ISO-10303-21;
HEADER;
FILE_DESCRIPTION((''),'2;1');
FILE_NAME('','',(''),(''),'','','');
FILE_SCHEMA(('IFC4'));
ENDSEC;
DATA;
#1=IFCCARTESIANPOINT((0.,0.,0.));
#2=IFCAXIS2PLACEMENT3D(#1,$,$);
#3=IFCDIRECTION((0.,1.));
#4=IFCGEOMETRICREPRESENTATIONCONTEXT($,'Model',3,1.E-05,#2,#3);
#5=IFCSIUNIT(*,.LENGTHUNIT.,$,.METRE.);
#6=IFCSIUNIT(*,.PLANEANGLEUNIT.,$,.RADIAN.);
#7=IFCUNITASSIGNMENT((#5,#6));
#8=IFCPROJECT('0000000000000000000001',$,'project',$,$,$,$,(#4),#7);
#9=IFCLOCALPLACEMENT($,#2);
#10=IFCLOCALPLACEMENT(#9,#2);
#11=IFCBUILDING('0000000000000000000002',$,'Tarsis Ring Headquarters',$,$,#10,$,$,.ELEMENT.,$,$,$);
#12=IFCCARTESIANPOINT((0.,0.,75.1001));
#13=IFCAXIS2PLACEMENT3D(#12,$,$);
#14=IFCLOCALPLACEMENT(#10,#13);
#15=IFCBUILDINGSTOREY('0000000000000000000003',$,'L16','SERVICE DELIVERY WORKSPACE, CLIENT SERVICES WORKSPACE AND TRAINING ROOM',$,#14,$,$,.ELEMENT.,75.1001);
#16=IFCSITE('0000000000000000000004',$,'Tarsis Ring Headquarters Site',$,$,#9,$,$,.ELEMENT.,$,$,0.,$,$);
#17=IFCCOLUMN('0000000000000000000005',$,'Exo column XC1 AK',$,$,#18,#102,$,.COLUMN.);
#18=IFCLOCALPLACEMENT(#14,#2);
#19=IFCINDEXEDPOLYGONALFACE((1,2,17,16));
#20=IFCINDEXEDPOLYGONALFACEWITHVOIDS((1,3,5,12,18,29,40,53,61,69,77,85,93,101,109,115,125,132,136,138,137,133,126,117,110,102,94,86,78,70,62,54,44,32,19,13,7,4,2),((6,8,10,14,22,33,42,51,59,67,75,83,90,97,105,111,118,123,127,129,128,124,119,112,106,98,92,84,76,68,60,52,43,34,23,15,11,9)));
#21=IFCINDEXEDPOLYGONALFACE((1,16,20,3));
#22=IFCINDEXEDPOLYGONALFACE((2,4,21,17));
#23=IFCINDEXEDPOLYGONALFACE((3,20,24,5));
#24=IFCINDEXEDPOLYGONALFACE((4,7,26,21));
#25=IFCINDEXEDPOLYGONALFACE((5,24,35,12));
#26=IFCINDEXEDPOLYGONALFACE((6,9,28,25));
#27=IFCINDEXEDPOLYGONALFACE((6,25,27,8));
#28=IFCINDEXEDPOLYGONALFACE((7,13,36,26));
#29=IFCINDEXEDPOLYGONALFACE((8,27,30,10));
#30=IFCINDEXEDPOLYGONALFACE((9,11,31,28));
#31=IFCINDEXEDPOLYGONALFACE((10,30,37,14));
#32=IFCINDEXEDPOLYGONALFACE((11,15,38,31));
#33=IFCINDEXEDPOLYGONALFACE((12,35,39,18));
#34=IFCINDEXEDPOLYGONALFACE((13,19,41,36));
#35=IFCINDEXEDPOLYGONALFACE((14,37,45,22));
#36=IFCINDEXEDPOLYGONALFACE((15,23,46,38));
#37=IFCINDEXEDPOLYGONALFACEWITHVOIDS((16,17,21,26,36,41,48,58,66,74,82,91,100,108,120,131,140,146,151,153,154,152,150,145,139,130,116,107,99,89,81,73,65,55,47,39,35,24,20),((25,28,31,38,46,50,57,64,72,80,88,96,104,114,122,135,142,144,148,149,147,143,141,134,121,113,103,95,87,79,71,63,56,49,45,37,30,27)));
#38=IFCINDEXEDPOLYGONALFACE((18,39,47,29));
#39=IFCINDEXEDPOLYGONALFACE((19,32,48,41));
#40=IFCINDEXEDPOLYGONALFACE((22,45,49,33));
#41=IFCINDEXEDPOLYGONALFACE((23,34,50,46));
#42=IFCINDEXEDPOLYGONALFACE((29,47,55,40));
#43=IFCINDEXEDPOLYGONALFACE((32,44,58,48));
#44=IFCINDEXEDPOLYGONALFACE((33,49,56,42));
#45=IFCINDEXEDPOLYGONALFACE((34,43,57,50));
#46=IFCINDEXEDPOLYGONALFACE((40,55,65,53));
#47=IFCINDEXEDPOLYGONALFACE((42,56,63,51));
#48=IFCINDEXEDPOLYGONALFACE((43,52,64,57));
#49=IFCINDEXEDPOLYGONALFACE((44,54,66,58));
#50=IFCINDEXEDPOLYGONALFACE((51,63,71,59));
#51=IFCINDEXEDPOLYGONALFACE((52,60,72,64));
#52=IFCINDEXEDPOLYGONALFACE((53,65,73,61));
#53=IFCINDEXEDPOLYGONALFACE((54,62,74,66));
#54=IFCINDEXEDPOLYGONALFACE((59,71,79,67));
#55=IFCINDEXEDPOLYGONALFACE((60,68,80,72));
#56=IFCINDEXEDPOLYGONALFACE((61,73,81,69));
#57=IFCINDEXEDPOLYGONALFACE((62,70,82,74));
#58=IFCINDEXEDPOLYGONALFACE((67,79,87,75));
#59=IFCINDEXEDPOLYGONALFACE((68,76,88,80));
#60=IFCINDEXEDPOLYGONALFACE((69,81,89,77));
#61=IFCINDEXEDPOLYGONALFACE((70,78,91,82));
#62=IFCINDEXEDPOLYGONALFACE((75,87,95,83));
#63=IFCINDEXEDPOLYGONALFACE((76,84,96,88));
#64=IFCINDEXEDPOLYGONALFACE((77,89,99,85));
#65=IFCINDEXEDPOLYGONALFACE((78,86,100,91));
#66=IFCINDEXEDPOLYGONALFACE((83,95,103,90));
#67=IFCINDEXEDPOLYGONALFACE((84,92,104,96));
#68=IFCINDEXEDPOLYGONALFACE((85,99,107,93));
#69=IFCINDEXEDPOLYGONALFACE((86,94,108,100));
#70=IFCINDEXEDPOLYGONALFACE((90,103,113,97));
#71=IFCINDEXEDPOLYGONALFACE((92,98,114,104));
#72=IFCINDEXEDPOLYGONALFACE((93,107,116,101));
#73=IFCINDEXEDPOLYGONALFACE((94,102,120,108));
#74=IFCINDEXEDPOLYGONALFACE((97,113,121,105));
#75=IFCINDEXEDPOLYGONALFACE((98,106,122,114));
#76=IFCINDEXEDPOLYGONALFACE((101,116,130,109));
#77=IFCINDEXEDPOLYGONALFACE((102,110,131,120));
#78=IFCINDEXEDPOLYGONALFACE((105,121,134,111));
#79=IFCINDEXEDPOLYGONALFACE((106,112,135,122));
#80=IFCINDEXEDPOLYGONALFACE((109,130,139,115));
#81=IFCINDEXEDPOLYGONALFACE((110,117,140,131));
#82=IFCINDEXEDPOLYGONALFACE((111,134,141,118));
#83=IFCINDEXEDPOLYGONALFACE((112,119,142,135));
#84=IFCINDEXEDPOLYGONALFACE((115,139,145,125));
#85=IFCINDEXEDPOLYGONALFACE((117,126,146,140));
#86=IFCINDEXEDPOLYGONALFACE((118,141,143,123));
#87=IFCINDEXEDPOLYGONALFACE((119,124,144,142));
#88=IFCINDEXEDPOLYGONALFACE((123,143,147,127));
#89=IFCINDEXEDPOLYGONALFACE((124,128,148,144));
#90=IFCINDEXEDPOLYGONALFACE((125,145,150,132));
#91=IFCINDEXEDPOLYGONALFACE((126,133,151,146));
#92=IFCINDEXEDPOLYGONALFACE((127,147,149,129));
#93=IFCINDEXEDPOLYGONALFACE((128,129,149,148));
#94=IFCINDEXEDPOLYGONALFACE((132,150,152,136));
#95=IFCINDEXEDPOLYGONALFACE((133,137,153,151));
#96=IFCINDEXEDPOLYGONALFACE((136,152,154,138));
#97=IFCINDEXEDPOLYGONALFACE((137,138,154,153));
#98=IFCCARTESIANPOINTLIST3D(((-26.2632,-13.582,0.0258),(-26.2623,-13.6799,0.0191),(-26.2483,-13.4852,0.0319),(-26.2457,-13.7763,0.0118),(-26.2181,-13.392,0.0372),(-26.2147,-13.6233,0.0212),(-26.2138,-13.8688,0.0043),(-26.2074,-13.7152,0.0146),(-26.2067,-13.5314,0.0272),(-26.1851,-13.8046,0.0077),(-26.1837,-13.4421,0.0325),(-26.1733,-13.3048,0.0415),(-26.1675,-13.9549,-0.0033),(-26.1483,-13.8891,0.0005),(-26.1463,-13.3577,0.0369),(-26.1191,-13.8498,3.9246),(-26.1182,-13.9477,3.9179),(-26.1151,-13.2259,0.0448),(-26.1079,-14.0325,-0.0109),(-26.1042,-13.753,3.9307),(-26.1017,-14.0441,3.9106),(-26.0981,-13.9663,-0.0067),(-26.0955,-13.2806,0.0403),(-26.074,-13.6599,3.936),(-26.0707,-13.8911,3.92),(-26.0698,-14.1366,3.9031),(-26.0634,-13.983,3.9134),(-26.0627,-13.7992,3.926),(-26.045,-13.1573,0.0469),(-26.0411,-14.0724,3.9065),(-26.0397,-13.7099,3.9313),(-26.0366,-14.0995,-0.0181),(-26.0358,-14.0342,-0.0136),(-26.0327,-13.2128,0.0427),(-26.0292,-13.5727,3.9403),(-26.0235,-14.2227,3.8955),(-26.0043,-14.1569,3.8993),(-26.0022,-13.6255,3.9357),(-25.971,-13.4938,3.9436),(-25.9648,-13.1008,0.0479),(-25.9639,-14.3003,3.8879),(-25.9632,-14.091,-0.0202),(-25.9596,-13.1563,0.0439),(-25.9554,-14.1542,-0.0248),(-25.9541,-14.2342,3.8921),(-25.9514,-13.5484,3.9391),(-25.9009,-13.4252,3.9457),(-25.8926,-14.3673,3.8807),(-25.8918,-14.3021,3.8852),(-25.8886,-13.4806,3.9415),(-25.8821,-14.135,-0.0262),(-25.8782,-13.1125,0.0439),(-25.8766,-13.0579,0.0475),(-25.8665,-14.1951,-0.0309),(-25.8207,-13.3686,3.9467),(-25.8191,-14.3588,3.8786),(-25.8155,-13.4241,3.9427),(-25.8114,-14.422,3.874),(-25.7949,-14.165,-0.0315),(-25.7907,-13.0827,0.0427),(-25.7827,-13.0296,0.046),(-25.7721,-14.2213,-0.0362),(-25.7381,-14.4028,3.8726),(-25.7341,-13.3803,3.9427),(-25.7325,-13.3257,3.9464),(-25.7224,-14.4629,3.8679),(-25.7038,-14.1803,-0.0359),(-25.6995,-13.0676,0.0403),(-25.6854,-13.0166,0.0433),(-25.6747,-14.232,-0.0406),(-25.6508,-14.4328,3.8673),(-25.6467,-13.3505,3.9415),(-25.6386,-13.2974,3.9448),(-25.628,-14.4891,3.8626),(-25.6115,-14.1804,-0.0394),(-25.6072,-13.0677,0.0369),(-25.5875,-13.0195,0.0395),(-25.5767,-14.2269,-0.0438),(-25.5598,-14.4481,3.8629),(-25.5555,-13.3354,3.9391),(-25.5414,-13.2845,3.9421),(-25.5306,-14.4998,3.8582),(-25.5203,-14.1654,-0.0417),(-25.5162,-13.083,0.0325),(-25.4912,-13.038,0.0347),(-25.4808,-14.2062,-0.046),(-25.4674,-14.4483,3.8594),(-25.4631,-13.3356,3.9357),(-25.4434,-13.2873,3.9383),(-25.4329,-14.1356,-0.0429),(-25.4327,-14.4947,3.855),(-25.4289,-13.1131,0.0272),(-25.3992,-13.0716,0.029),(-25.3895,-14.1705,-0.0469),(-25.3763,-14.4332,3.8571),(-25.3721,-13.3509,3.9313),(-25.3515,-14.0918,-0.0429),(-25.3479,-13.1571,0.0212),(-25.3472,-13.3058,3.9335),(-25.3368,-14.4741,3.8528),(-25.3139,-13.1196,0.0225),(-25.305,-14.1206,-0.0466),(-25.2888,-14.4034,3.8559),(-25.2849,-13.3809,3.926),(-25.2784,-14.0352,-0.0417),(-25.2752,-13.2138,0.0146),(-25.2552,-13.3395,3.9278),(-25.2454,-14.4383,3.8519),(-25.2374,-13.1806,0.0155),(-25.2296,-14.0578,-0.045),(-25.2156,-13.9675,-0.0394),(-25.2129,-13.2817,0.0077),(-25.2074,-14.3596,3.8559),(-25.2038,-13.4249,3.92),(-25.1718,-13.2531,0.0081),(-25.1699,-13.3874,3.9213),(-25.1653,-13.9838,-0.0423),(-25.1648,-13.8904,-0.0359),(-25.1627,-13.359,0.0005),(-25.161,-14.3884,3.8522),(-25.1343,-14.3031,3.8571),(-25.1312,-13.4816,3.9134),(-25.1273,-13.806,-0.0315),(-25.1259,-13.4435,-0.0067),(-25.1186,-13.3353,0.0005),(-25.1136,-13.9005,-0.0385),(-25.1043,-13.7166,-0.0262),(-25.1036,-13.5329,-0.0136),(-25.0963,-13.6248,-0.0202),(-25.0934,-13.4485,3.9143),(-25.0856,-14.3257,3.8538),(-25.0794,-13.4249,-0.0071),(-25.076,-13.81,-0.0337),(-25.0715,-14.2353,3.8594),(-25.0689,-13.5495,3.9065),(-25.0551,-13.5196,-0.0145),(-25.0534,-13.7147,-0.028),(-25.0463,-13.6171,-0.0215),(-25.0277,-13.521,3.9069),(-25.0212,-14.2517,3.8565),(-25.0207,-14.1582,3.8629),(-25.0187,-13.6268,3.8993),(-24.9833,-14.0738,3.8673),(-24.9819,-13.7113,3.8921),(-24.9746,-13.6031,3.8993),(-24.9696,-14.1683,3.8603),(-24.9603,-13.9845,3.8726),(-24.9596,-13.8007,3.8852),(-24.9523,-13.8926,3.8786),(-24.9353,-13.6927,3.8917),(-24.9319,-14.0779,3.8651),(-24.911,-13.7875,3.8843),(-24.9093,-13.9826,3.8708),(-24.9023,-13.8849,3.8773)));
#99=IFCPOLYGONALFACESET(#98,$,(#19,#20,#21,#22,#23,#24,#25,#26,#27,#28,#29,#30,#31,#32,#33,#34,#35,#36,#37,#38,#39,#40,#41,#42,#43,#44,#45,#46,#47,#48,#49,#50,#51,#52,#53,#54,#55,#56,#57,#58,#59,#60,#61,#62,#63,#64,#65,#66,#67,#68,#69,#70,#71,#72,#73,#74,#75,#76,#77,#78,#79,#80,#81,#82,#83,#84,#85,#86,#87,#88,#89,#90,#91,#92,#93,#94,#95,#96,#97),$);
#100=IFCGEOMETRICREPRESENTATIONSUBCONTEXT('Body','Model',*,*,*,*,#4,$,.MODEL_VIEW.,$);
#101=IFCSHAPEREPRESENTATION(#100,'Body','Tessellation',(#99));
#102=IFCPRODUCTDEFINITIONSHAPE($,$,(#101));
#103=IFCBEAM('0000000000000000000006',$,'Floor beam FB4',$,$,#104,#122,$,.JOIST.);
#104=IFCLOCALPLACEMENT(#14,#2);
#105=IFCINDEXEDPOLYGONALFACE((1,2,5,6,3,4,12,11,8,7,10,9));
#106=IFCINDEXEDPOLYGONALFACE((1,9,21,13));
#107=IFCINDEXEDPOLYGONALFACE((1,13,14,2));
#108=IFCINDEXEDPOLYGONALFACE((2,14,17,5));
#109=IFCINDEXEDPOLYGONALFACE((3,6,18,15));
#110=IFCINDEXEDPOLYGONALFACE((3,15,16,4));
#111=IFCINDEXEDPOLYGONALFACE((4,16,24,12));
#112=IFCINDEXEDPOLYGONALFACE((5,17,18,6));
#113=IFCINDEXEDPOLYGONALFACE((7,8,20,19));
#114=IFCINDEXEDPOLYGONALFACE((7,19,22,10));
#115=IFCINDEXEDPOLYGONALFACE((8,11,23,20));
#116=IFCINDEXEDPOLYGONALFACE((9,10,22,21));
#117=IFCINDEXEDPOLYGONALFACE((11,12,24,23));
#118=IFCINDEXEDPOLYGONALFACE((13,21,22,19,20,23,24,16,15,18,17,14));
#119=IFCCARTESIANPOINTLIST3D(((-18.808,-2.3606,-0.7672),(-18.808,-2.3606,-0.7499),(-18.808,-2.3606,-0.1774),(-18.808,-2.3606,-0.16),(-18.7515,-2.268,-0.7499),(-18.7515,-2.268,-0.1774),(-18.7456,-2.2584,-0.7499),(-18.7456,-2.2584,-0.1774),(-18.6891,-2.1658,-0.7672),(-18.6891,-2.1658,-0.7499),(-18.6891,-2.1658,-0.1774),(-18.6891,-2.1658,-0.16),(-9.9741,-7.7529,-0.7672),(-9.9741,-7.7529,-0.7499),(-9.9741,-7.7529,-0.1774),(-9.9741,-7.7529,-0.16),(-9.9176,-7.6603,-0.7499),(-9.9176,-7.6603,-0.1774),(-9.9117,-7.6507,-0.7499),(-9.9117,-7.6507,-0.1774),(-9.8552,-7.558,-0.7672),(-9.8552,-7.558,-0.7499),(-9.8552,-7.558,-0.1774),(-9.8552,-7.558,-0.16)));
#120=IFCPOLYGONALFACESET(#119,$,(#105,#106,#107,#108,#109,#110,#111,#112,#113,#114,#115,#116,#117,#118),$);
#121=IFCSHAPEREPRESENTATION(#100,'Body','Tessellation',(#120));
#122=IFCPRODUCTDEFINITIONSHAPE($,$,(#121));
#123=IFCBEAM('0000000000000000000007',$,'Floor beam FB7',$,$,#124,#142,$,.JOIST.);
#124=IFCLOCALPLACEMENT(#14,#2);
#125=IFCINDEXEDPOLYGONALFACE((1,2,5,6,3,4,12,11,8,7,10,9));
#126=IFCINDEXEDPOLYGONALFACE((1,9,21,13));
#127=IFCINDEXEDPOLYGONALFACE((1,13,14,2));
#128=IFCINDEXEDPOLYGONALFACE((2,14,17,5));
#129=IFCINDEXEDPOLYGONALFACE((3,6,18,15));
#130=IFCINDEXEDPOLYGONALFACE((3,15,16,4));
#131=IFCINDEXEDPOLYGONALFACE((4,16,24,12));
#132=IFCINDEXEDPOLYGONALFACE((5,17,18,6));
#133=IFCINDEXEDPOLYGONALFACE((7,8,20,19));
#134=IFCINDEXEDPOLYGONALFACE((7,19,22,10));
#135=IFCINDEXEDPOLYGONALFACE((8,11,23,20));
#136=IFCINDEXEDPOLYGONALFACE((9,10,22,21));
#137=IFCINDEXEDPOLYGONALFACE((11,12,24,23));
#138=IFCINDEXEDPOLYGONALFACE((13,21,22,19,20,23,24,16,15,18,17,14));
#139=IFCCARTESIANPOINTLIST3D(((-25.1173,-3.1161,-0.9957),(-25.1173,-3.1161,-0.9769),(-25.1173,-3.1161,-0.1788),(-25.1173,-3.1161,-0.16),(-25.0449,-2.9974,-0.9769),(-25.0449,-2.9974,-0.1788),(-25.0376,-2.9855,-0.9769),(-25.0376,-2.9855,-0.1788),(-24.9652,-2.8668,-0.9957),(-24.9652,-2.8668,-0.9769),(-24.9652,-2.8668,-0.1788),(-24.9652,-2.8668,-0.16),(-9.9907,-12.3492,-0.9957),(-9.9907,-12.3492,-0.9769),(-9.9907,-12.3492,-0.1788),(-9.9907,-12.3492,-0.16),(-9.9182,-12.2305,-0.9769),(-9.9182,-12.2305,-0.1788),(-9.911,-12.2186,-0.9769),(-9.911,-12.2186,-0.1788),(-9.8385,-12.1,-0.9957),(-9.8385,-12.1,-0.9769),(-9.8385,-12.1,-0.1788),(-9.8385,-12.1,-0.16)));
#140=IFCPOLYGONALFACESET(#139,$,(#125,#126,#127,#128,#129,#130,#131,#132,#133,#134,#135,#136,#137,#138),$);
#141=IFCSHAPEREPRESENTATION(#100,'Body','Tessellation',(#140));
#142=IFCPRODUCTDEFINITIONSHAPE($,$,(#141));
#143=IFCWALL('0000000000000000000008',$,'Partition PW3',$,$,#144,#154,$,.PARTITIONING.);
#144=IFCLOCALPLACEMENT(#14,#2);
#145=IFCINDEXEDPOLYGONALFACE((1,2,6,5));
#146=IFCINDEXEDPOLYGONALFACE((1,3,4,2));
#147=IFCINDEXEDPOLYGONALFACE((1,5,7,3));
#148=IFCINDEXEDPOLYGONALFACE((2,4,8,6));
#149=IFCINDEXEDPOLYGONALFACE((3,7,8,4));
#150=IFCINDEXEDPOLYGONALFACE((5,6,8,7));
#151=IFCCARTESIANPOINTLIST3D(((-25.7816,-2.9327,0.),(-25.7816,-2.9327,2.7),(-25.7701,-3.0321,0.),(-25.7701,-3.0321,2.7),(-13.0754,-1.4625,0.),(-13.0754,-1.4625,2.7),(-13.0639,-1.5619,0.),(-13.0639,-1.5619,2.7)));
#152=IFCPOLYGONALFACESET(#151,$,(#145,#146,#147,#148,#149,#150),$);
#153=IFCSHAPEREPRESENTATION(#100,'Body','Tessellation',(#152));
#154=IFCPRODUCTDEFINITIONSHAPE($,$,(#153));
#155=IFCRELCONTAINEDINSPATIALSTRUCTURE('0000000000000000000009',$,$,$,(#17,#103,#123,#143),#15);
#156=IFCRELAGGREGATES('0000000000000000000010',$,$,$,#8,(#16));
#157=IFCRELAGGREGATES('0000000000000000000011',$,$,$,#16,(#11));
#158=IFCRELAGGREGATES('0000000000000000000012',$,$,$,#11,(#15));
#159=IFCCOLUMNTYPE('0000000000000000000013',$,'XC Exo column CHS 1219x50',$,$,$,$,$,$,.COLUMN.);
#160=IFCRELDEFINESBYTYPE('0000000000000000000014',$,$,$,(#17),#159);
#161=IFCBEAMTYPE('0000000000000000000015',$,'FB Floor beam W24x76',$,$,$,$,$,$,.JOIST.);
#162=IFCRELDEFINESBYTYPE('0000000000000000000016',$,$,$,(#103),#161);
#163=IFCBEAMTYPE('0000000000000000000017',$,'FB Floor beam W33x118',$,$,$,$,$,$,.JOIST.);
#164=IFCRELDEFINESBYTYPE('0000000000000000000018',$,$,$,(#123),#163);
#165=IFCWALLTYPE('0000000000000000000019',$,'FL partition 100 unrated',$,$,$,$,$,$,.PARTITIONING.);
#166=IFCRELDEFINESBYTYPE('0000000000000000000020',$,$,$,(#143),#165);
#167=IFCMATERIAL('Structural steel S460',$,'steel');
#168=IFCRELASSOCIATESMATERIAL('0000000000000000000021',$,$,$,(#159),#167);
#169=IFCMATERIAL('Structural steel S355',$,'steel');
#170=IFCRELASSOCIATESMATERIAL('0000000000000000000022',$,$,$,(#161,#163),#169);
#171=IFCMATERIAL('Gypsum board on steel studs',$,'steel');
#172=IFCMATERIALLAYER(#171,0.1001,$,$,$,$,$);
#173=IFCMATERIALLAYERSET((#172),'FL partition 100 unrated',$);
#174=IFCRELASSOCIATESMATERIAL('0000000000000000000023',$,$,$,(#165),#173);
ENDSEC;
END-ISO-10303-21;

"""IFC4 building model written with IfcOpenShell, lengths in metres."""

from ifc_helpers import new_model, si_unit, direction, frame, frame_2d, origin, origin_2d, place, context, subcontext, project, spatial, rectangle, hollow_circle, i_section, extrude, material, layer, layer_set, material_profile, profile_set, type_object, element, save


model = new_model("IFC4")

# Units and contexts
model_context = context("Model", 3, precision=1e-05, world=origin(), true_north=direction((0.0, 1.0)))
body_context = subcontext(model_context, "Body", "Model", "MODEL_VIEW")
ifc_project = project(units=[si_unit("LENGTHUNIT", "METRE"), si_unit("PLANEANGLEUNIT", "RADIAN")], contexts=[model_context])

# Site, building, storey
site_placement = place(None, origin())
site = spatial("IfcSite", under=ifc_project, at=site_placement, Name="Tarsis Ring Headquarters Site", CompositionType="ELEMENT", RefElevation=0.0)
building_placement = place(site_placement, origin())
building = spatial("IfcBuilding", under=site, at=building_placement, Name="Tarsis Ring Headquarters", CompositionType="ELEMENT")
storey_placement = place(building_placement, frame((0.0, 0.0, 75.1001)))
storey = spatial("IfcBuildingStorey", under=building, at=storey_placement, Name="L16", Description="SERVICE DELIVERY WORKSPACE, CLIENT SERVICES WORKSPACE AND TRAINING ROOM", CompositionType="ELEMENT", Elevation=75.1001)

# Column
ifc_material_1 = material(Name="Structural steel S460", Category="steel")
ifc_material_profile_1 = material_profile(ifc_material_1, hollow_circle(Radius=0.6096, WallThickness=0.05, at=origin_2d()), Name="CHS 1219x50")
ifc_profile_set_1 = profile_set([ifc_material_profile_1], Name="Structural steel S460")
column_type = type_object("IfcColumnType", Name="XC Exo column CHS 1219x50", PredefinedType="COLUMN", material=ifc_profile_set_1)
column_placement = place(storey_placement, frame((-25.6555, -13.624, 0.0005), z_axis=(0.036835, -0.068488, 0.996972), x_axis=(0.880703, 0.473669, 0.0)))
element("IfcColumn", 1, at=column_placement, inside=storey, type_object=column_type, Name="Exo column XC1 AK", PredefinedType="COLUMN", context=body_context, shape_type="SweptSolid", body=[
    extrude(hollow_circle(Radius=0.6096, WallThickness=0.05, at=origin_2d()), origin(), (0.0, 0.0, 1.0), 3.9106),
])

# Beams
ifc_material_2 = material(Name="Structural steel S355", Category="steel")
ifc_material_profile_2 = material_profile(ifc_material_2, i_section(OverallWidth=0.2283, OverallDepth=0.6072, WebThickness=0.0112, FlangeThickness=0.0173, at=origin_2d()), Name="W24x76")
ifc_profile_set_2 = profile_set([ifc_material_profile_2], Name="Structural steel S355")
beam_type_1 = type_object("IfcBeamType", Name="FB Floor beam W24x76", PredefinedType="JOIST", material=ifc_profile_set_2)
beam_1_placement = place(storey_placement, frame((-18.7485, -2.2632, -0.4636), z_axis=(0.853549, -0.521013, 0.0), x_axis=(0.521013, 0.853549, 0.0)))
element("IfcBeam", 2, at=beam_1_placement, inside=storey, type_object=beam_type_1, Name="Floor beam FB4", PredefinedType="JOIST", context=body_context, shape_type="SweptSolid", body=[
    extrude(i_section(OverallWidth=0.2283, OverallDepth=0.6072, WebThickness=0.0112, FlangeThickness=0.0173, at=origin_2d()), origin(), (0.0, 0.0, 1.0), 10.3496),
])
ifc_material_profile_3 = material_profile(ifc_material_2, i_section(OverallWidth=0.292, OverallDepth=0.8357, WebThickness=0.0139, FlangeThickness=0.0188, at=origin_2d()), Name="W33x118")
ifc_profile_set_3 = profile_set([ifc_material_profile_3], Name="Structural steel S355")
beam_type_2 = type_object("IfcBeamType", Name="FB Floor beam W33x118", PredefinedType="JOIST", material=ifc_profile_set_3)
beam_2_placement = place(storey_placement, frame((-25.0413, -2.9915, -0.5779), z_axis=(0.853557, -0.521, 0.0), x_axis=(0.521, 0.853557, 0.0)))
element("IfcBeam", 3, at=beam_2_placement, inside=storey, type_object=beam_type_2, Name="Floor beam FB7", PredefinedType="JOIST", context=body_context, shape_type="SweptSolid", body=[
    extrude(i_section(OverallWidth=0.292, OverallDepth=0.8357, WebThickness=0.0139, FlangeThickness=0.0188, at=origin_2d()), origin(), (0.0, 0.0, 1.0), 17.7219),
])

# Wall
ifc_material_3 = material(Name="Gypsum board on steel studs", Category="steel")
ifc_layer_1 = layer(ifc_material_3, 0.1001)
ifc_layer_set_1 = layer_set([ifc_layer_1], Name="FL partition 100 unrated")
wall_type_1 = type_object("IfcWallType", Name="FL partition 100 unrated", PredefinedType="PARTITIONING", material=ifc_layer_set_1)
wall_1_placement = place(storey_placement, frame((-25.7759, -2.9824, 0.0), z_axis=(0.0, 0.0, 1.0), x_axis=(0.993372, 0.114941, 0.0)))
element("IfcWall", 4, at=wall_1_placement, inside=storey, type_object=wall_type_1, Name="Partition PW3", PredefinedType="PARTITIONING", context=body_context, shape_type="SweptSolid", body=[
    extrude(rectangle(XDim=12.791, YDim=0.1001, at=frame_2d((6.3955, 0.0))), origin(), (0.0, 0.0, 1.0), 2.7),
])

save(model, "model.ifc")
